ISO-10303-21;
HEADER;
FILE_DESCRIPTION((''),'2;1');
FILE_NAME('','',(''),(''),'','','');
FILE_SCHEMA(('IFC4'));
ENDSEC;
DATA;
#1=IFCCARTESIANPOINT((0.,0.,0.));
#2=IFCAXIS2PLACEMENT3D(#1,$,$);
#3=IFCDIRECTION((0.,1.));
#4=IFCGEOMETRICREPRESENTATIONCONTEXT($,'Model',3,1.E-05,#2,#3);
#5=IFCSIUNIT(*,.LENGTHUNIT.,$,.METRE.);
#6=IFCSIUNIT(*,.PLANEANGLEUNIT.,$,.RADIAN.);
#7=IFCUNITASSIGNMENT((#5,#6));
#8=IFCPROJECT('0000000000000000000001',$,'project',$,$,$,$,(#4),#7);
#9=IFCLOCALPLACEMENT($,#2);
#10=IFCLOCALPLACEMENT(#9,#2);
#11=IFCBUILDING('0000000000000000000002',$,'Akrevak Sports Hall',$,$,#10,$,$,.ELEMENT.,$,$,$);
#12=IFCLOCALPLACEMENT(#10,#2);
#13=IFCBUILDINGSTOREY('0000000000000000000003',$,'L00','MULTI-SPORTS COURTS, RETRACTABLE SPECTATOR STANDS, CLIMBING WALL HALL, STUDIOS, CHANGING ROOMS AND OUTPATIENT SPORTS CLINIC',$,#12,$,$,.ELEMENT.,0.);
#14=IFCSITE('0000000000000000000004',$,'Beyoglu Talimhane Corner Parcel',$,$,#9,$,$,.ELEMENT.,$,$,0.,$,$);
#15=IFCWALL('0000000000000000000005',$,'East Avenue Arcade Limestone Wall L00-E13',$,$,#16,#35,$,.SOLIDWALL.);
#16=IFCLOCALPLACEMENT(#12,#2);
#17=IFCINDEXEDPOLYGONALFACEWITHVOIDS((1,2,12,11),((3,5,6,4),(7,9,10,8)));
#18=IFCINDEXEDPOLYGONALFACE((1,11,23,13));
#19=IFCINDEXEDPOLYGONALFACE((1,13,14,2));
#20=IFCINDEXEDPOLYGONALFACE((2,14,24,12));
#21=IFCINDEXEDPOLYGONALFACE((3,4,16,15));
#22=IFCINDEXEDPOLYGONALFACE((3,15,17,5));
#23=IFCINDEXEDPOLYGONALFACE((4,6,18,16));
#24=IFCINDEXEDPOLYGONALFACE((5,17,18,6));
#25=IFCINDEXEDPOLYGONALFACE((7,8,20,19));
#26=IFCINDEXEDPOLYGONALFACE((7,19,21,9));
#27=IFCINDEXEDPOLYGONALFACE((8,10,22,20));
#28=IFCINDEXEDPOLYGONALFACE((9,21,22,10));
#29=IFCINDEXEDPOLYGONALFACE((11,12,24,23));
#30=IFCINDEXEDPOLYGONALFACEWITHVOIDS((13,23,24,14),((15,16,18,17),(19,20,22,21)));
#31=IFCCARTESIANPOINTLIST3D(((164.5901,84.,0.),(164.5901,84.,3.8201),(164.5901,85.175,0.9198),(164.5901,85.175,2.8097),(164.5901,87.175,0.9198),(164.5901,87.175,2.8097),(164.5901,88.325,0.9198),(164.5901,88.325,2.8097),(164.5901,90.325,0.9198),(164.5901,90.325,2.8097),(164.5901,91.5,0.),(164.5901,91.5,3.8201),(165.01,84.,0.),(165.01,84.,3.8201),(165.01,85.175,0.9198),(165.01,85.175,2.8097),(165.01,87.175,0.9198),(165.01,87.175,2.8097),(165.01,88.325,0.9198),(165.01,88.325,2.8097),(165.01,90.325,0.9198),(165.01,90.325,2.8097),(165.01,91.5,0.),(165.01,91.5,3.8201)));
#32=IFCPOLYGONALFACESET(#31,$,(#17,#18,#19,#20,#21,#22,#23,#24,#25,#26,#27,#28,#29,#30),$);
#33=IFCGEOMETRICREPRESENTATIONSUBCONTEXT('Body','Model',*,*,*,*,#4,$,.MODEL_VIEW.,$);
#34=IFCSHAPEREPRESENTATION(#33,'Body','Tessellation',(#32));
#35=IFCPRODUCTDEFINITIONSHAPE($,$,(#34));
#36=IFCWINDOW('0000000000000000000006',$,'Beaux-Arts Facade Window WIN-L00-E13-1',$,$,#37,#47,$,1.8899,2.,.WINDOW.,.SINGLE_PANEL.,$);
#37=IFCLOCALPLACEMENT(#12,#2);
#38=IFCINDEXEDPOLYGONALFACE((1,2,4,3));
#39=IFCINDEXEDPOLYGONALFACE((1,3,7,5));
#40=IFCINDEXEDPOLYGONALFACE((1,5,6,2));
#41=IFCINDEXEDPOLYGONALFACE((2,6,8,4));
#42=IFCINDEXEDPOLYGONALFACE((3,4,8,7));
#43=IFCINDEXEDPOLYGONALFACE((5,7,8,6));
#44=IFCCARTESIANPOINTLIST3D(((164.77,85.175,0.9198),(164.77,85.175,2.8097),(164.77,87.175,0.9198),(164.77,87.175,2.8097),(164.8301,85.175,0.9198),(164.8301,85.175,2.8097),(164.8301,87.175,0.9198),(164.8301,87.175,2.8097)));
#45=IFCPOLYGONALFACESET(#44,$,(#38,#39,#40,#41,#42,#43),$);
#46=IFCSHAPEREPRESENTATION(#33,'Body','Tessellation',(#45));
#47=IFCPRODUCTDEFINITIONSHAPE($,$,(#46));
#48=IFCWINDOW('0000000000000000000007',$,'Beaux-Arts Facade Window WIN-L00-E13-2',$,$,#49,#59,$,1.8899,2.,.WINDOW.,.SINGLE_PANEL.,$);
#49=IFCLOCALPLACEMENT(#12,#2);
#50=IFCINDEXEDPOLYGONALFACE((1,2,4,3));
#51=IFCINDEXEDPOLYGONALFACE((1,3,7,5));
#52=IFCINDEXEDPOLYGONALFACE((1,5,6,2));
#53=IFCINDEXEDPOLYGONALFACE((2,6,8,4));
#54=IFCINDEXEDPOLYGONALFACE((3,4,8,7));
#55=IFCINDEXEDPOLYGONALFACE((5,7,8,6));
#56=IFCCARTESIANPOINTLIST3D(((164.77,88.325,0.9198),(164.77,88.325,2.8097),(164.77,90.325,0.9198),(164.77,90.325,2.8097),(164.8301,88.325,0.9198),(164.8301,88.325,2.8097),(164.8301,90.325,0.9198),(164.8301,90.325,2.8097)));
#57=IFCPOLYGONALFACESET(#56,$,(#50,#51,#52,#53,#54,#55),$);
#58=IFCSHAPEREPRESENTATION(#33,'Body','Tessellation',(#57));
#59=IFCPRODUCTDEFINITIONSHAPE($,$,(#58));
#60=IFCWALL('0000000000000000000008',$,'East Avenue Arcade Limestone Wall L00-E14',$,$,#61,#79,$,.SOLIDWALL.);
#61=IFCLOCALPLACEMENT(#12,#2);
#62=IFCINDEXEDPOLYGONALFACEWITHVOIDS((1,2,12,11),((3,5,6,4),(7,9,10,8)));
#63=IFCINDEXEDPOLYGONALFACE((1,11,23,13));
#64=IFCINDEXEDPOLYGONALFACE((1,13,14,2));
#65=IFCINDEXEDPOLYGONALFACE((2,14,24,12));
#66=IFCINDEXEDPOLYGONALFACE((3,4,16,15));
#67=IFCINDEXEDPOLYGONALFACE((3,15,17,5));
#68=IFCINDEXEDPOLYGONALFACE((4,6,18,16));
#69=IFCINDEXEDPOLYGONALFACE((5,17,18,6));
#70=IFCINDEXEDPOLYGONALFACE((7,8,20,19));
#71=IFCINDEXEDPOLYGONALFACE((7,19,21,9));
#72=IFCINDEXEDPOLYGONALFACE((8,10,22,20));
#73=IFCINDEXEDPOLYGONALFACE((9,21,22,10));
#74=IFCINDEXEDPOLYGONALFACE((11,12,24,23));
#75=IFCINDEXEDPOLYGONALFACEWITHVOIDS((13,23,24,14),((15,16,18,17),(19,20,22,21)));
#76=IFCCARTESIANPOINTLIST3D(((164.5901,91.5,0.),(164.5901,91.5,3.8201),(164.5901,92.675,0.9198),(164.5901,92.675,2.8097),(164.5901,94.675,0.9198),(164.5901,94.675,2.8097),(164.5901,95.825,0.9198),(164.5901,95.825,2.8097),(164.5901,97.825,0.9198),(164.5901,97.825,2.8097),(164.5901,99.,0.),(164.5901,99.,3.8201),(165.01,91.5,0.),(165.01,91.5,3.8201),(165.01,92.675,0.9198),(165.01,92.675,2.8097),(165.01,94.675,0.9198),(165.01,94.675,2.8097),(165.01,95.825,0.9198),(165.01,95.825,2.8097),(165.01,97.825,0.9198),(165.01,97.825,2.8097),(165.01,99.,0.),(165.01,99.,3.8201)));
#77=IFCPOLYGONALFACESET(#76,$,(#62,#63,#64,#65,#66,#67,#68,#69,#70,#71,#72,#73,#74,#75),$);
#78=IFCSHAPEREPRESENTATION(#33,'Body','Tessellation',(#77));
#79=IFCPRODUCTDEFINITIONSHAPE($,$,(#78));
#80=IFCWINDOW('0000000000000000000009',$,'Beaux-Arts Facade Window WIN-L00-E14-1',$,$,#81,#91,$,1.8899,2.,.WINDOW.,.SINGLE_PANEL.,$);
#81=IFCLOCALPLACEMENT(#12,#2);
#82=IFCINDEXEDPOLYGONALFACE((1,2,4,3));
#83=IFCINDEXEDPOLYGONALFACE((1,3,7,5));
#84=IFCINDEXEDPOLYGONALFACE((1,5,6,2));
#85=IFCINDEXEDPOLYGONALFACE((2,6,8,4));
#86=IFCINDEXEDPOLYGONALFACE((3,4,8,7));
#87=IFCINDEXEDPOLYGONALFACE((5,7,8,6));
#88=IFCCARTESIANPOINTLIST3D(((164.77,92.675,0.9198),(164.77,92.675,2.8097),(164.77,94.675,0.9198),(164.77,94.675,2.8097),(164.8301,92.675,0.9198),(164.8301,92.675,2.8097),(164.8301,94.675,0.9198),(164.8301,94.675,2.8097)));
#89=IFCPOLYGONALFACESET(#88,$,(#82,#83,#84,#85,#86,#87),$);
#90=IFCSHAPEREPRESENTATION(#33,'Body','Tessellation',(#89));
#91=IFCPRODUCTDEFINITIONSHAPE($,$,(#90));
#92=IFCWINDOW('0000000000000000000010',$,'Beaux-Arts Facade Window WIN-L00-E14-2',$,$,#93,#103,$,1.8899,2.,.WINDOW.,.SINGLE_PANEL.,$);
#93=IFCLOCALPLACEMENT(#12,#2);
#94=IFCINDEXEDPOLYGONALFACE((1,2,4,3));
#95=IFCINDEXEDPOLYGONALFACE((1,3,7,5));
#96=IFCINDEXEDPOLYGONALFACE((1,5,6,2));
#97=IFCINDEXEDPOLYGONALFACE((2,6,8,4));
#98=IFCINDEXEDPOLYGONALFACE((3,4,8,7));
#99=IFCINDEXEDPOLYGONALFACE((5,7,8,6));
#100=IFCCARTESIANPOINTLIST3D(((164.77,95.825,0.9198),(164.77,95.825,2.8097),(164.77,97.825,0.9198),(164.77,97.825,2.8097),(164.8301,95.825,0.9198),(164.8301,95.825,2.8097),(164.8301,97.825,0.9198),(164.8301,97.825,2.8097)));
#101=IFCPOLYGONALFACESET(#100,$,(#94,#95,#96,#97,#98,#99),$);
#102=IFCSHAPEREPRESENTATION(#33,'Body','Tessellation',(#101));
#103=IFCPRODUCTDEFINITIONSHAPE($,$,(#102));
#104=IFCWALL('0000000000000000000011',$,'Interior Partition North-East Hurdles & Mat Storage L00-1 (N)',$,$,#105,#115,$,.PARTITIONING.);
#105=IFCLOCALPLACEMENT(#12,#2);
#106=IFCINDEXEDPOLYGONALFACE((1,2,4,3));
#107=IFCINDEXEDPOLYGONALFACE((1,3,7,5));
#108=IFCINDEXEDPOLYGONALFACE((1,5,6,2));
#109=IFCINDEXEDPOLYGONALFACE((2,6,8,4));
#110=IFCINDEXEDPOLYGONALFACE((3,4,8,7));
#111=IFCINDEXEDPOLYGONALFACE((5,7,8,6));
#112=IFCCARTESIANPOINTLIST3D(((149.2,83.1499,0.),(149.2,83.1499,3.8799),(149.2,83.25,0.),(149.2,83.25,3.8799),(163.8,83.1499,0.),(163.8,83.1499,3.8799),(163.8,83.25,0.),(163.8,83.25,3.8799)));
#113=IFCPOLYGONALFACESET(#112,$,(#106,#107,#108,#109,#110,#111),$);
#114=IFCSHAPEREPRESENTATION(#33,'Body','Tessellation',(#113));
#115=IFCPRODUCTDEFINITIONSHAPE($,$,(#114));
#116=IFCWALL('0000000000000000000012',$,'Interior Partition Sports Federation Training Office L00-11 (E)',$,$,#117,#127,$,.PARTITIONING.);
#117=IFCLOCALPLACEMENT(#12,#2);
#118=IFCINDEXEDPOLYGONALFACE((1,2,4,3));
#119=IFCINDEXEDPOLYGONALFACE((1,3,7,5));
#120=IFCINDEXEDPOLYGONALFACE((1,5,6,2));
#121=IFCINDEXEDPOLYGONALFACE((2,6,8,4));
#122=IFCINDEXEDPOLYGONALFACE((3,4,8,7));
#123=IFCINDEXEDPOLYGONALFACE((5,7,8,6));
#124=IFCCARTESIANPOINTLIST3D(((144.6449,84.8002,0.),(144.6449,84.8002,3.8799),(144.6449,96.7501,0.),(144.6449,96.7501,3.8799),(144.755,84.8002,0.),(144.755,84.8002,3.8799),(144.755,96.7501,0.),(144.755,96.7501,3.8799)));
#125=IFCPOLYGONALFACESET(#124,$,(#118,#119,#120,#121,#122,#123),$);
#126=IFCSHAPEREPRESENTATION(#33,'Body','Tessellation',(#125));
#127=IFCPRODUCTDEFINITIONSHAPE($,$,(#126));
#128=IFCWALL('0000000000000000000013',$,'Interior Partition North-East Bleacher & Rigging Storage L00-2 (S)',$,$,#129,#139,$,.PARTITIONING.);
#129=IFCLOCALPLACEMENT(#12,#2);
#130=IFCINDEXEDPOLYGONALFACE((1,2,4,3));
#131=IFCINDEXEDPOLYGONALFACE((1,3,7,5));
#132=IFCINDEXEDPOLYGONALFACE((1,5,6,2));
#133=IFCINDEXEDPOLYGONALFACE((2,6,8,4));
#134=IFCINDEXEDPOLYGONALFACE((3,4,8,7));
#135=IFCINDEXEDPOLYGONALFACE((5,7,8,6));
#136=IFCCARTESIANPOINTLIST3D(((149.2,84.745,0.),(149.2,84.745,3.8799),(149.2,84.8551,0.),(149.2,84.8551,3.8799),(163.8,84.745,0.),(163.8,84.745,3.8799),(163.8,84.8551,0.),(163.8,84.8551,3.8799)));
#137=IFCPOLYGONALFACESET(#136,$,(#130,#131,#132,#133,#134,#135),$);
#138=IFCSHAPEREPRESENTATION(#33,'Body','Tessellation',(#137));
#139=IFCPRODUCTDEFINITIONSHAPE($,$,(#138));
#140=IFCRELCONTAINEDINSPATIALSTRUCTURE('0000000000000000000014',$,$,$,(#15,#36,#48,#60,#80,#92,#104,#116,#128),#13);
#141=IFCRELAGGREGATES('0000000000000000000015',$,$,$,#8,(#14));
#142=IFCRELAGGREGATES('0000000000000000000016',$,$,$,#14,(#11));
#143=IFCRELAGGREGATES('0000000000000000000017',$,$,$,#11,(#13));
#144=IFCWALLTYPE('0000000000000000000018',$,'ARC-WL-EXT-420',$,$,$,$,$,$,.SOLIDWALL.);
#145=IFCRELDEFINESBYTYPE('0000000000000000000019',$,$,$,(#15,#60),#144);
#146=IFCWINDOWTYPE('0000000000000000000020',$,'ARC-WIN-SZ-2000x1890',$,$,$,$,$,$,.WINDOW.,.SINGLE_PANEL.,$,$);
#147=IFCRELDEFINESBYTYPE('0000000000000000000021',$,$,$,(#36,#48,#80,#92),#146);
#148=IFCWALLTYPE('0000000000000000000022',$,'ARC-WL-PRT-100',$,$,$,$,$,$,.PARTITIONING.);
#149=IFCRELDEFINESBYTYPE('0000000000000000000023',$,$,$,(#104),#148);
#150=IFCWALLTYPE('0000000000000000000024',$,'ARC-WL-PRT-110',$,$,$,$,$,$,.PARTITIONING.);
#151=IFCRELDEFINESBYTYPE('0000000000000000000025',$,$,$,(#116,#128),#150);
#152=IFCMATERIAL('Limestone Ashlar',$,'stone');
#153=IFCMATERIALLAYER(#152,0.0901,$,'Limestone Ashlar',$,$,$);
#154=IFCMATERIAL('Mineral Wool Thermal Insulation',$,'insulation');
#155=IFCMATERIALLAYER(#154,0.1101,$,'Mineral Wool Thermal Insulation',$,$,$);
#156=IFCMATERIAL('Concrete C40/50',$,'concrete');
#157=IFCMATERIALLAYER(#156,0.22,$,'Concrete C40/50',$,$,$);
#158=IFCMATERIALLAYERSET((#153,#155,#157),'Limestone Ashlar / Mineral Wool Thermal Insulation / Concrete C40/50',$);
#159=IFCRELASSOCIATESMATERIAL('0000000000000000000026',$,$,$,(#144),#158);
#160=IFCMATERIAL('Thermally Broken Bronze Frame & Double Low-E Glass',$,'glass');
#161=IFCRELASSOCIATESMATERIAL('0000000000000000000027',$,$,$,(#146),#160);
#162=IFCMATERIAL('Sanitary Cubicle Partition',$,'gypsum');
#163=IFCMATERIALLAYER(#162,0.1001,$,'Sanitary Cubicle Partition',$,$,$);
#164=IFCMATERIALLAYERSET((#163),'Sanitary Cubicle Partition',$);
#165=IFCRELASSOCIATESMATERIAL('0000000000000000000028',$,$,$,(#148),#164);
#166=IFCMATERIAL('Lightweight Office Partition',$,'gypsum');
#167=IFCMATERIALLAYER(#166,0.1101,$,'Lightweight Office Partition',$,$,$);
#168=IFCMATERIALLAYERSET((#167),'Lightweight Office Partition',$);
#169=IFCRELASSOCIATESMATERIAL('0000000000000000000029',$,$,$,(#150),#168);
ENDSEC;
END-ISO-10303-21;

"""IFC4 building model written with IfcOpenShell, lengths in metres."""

from ifc_helpers import new_model, si_unit, direction, frame, frame_2d, origin, place, context, subcontext, project, spatial, rectangle, extrude, material, layer, layer_set, type_object, element, fill, save


model = new_model("IFC4")

# Units and contexts
model_context = context("Model", 3, precision=1e-05, world=origin(), true_north=direction((0.0, 1.0)))
body_context = subcontext(model_context, "Body", "Model", "MODEL_VIEW")
ifc_project = project(units=[si_unit("LENGTHUNIT", "METRE"), si_unit("PLANEANGLEUNIT", "RADIAN")], contexts=[model_context])

# Site, building, storey
site_placement = place(None, origin())
site = spatial("IfcSite", under=ifc_project, at=site_placement, Name="Beyoglu Talimhane Corner Parcel", CompositionType="ELEMENT", RefElevation=0.0)
building_placement = place(site_placement, origin())
building = spatial("IfcBuilding", under=site, at=building_placement, Name="Akrevak Sports Hall", CompositionType="ELEMENT")
storey_placement = place(building_placement, origin())
storey = spatial("IfcBuildingStorey", under=building, at=storey_placement, Name="L00", Description="MULTI-SPORTS COURTS, RETRACTABLE SPECTATOR STANDS, CLIMBING WALL HALL, STUDIOS, CHANGING ROOMS AND OUTPATIENT SPORTS CLINIC", CompositionType="ELEMENT", Elevation=0.0)

# Shared definitions
ifc_material_1 = material(Name="Concrete C40/50", Category="concrete")

# Shared definitions
ifc_material_2 = material(Name="Limestone Ashlar", Category="stone")
ifc_layer_1 = layer(ifc_material_2, 0.0901, Name="Limestone Ashlar")
ifc_material_3 = material(Name="Mineral Wool Thermal Insulation", Category="insulation")
ifc_layer_2 = layer(ifc_material_3, 0.1101, Name="Mineral Wool Thermal Insulation")
ifc_layer_3 = layer(ifc_material_1, 0.22, Name="Concrete C40/50")
ifc_layer_set_1 = layer_set([ifc_layer_1, ifc_layer_2, ifc_layer_3], Name="Limestone Ashlar / Mineral Wool Thermal Insulation / Concrete C40/50")
wall_type_1 = type_object("IfcWallType", Name="ARC-WL-EXT-420", PredefinedType="SOLIDWALL", material=ifc_layer_set_1)
ifc_material_4 = material(Name="Thermally Broken Bronze Frame & Double Low-E Glass", Category="glass")
window_type = type_object("IfcWindowType", Name="ARC-WIN-SZ-2000x1890", PartitioningType="SINGLE_PANEL", PredefinedType="WINDOW", material=ifc_material_4)

# Walls, openings, windows
wall_1_placement = place(storey_placement, frame((164.8, 84.0, 0.0), z_axis=(0.0, 0.0, 1.0), x_axis=(0.0, 1.0, 0.0)))
wall_1 = element("IfcWall", 1, at=wall_1_placement, inside=storey, type_object=wall_type_1, Name="East Avenue Arcade Limestone Wall L00-E13", PredefinedType="SOLIDWALL", context=body_context, shape_type="SweptSolid", body=[
    extrude(rectangle(XDim=7.5, YDim=0.4199, at=frame_2d((3.75, 0.0))), origin(), (0.0, 0.0, 1.0), 3.8201),
])
opening_1_placement = place(wall_1_placement, frame((1.175, 0.0, 0.9199)))
opening_1 = element("IfcOpeningElement", 2, at=opening_1_placement, cuts=wall_1, PredefinedType="OPENING", context=body_context, shape_type="SweptSolid", body=[
    extrude(rectangle(XDim=2.0, YDim=1.8899, at=frame_2d((1.0, 0.9448))), frame((0.0, 0.2219, 0.0), z_axis=(0.0, -1.0, 0.0), x_axis=(1.0, 0.0, 0.0)), (0.0, 0.0, 1.0), 0.4438),
])
opening_2_placement = place(wall_1_placement, frame((4.325, 0.0, 0.9199)))
opening_2 = element("IfcOpeningElement", 3, at=opening_2_placement, cuts=wall_1, PredefinedType="OPENING", context=body_context, shape_type="SweptSolid", body=[
    extrude(rectangle(XDim=2.0, YDim=1.8899, at=frame_2d((1.0, 0.9448))), frame((0.0, 0.2219, 0.0), z_axis=(0.0, -1.0, 0.0), x_axis=(1.0, 0.0, 0.0)), (0.0, 0.0, 1.0), 0.4438),
])
window_1_placement = place(opening_1_placement, origin())
window_1 = element("IfcWindow", 4, at=window_1_placement, inside=storey, type_object=window_type, Name="Beaux-Arts Facade Window WIN-L00-E13-1", OverallHeight=1.8899, OverallWidth=2.0, PartitioningType="SINGLE_PANEL", PredefinedType="WINDOW", context=body_context, shape_type="SweptSolid", body=[
    extrude(rectangle(XDim=2.0, YDim=1.8899, at=frame_2d((1.0, 0.9448))), frame((0.0, 0.03, 0.0), z_axis=(0.0, -1.0, 0.0), x_axis=(1.0, 0.0, 0.0)), (0.0, 0.0, 1.0), 0.0601),
])
fill(opening_1, window_1)
window_2_placement = place(opening_2_placement, origin())
window_2 = element("IfcWindow", 5, at=window_2_placement, inside=storey, type_object=window_type, Name="Beaux-Arts Facade Window WIN-L00-E13-2", OverallHeight=1.8899, OverallWidth=2.0, PartitioningType="SINGLE_PANEL", PredefinedType="WINDOW", context=body_context, shape_type="SweptSolid", body=[
    extrude(rectangle(XDim=2.0, YDim=1.8899, at=frame_2d((1.0, 0.9448))), frame((0.0, 0.03, 0.0), z_axis=(0.0, -1.0, 0.0), x_axis=(1.0, 0.0, 0.0)), (0.0, 0.0, 1.0), 0.0601),
])
fill(opening_2, window_2)
wall_2_placement = place(storey_placement, frame((164.8, 91.5, 0.0), z_axis=(0.0, 0.0, 1.0), x_axis=(0.0, 1.0, 0.0)))
wall_2 = element("IfcWall", 6, at=wall_2_placement, inside=storey, type_object=wall_type_1, Name="East Avenue Arcade Limestone Wall L00-E14", PredefinedType="SOLIDWALL", context=body_context, shape_type="SweptSolid", body=[
    extrude(rectangle(XDim=7.5, YDim=0.4199, at=frame_2d((3.75, 0.0))), origin(), (0.0, 0.0, 1.0), 3.8201),
])
opening_3_placement = place(wall_2_placement, frame((1.175, 0.0, 0.9199)))
opening_3 = element("IfcOpeningElement", 7, at=opening_3_placement, cuts=wall_2, PredefinedType="OPENING", context=body_context, shape_type="SweptSolid", body=[
    extrude(rectangle(XDim=2.0, YDim=1.8899, at=frame_2d((1.0, 0.9448))), frame((0.0, 0.2219, 0.0), z_axis=(0.0, -1.0, 0.0), x_axis=(1.0, 0.0, 0.0)), (0.0, 0.0, 1.0), 0.4438),
])
opening_4_placement = place(wall_2_placement, frame((4.325, 0.0, 0.9199)))
opening_4 = element("IfcOpeningElement", 8, at=opening_4_placement, cuts=wall_2, PredefinedType="OPENING", context=body_context, shape_type="SweptSolid", body=[
    extrude(rectangle(XDim=2.0, YDim=1.8899, at=frame_2d((1.0, 0.9448))), frame((0.0, 0.2219, 0.0), z_axis=(0.0, -1.0, 0.0), x_axis=(1.0, 0.0, 0.0)), (0.0, 0.0, 1.0), 0.4438),
])
window_3_placement = place(opening_3_placement, origin())
window_3 = element("IfcWindow", 9, at=window_3_placement, inside=storey, type_object=window_type, Name="Beaux-Arts Facade Window WIN-L00-E14-1", OverallHeight=1.8899, OverallWidth=2.0, PartitioningType="SINGLE_PANEL", PredefinedType="WINDOW", context=body_context, shape_type="SweptSolid", body=[
    extrude(rectangle(XDim=2.0, YDim=1.8899, at=frame_2d((1.0, 0.9448))), frame((0.0, 0.03, 0.0), z_axis=(0.0, -1.0, 0.0), x_axis=(1.0, 0.0, 0.0)), (0.0, 0.0, 1.0), 0.0601),
])
fill(opening_3, window_3)
window_4_placement = place(opening_4_placement, origin())
window_4 = element("IfcWindow", 10, at=window_4_placement, inside=storey, type_object=window_type, Name="Beaux-Arts Facade Window WIN-L00-E14-2", OverallHeight=1.8899, OverallWidth=2.0, PartitioningType="SINGLE_PANEL", PredefinedType="WINDOW", context=body_context, shape_type="SweptSolid", body=[
    extrude(rectangle(XDim=2.0, YDim=1.8899, at=frame_2d((1.0, 0.9448))), frame((0.0, 0.03, 0.0), z_axis=(0.0, -1.0, 0.0), x_axis=(1.0, 0.0, 0.0)), (0.0, 0.0, 1.0), 0.0601),
])
fill(opening_4, window_4)

# Walls
ifc_material_5 = material(Name="Sanitary Cubicle Partition", Category="gypsum")
ifc_layer_4 = layer(ifc_material_5, 0.1001, Name="Sanitary Cubicle Partition")
ifc_layer_set_2 = layer_set([ifc_layer_4], Name="Sanitary Cubicle Partition")
wall_type_2 = type_object("IfcWallType", Name="ARC-WL-PRT-100", PredefinedType="PARTITIONING", material=ifc_layer_set_2)
wall_3_placement = place(storey_placement, frame((149.2, 83.2, 0.0), z_axis=(0.0, 0.0, 1.0), x_axis=(1.0, 0.0, 0.0)))
element("IfcWall", 11, at=wall_3_placement, inside=storey, type_object=wall_type_2, Name="Interior Partition North-East Hurdles & Mat Storage L00-1 (N)", PredefinedType="PARTITIONING", context=body_context, shape_type="SweptSolid", body=[
    extrude(rectangle(XDim=14.6001, YDim=0.1001, at=frame_2d((7.3, 0.0))), origin(), (0.0, 0.0, 1.0), 3.8799),
])
ifc_material_6 = material(Name="Lightweight Office Partition", Category="gypsum")
ifc_layer_5 = layer(ifc_material_6, 0.1101, Name="Lightweight Office Partition")
ifc_layer_set_3 = layer_set([ifc_layer_5], Name="Lightweight Office Partition")
wall_type_3 = type_object("IfcWallType", Name="ARC-WL-PRT-110", PredefinedType="PARTITIONING", material=ifc_layer_set_3)
wall_4_placement = place(storey_placement, frame((144.7, 84.8, 0.0), z_axis=(0.0, 0.0, 1.0), x_axis=(0.0, 1.0, 0.0)))
element("IfcWall", 12, at=wall_4_placement, inside=storey, type_object=wall_type_3, Name="Interior Partition Sports Federation Training Office L00-11 (E)", PredefinedType="PARTITIONING", context=body_context, shape_type="SweptSolid", body=[
    extrude(rectangle(XDim=11.95, YDim=0.1101, at=frame_2d((5.9751, 0.0))), origin(), (0.0, 0.0, 1.0), 3.8799),
])
wall_5_placement = place(storey_placement, frame((149.2, 84.8, 0.0), z_axis=(0.0, 0.0, 1.0), x_axis=(1.0, 0.0, 0.0)))
element("IfcWall", 13, at=wall_5_placement, inside=storey, type_object=wall_type_3, Name="Interior Partition North-East Bleacher & Rigging Storage L00-2 (S)", PredefinedType="PARTITIONING", context=body_context, shape_type="SweptSolid", body=[
    extrude(rectangle(XDim=14.6001, YDim=0.1101, at=frame_2d((7.3, 0.0))), origin(), (0.0, 0.0, 1.0), 3.8799),
])

save(model, "model.ifc")
